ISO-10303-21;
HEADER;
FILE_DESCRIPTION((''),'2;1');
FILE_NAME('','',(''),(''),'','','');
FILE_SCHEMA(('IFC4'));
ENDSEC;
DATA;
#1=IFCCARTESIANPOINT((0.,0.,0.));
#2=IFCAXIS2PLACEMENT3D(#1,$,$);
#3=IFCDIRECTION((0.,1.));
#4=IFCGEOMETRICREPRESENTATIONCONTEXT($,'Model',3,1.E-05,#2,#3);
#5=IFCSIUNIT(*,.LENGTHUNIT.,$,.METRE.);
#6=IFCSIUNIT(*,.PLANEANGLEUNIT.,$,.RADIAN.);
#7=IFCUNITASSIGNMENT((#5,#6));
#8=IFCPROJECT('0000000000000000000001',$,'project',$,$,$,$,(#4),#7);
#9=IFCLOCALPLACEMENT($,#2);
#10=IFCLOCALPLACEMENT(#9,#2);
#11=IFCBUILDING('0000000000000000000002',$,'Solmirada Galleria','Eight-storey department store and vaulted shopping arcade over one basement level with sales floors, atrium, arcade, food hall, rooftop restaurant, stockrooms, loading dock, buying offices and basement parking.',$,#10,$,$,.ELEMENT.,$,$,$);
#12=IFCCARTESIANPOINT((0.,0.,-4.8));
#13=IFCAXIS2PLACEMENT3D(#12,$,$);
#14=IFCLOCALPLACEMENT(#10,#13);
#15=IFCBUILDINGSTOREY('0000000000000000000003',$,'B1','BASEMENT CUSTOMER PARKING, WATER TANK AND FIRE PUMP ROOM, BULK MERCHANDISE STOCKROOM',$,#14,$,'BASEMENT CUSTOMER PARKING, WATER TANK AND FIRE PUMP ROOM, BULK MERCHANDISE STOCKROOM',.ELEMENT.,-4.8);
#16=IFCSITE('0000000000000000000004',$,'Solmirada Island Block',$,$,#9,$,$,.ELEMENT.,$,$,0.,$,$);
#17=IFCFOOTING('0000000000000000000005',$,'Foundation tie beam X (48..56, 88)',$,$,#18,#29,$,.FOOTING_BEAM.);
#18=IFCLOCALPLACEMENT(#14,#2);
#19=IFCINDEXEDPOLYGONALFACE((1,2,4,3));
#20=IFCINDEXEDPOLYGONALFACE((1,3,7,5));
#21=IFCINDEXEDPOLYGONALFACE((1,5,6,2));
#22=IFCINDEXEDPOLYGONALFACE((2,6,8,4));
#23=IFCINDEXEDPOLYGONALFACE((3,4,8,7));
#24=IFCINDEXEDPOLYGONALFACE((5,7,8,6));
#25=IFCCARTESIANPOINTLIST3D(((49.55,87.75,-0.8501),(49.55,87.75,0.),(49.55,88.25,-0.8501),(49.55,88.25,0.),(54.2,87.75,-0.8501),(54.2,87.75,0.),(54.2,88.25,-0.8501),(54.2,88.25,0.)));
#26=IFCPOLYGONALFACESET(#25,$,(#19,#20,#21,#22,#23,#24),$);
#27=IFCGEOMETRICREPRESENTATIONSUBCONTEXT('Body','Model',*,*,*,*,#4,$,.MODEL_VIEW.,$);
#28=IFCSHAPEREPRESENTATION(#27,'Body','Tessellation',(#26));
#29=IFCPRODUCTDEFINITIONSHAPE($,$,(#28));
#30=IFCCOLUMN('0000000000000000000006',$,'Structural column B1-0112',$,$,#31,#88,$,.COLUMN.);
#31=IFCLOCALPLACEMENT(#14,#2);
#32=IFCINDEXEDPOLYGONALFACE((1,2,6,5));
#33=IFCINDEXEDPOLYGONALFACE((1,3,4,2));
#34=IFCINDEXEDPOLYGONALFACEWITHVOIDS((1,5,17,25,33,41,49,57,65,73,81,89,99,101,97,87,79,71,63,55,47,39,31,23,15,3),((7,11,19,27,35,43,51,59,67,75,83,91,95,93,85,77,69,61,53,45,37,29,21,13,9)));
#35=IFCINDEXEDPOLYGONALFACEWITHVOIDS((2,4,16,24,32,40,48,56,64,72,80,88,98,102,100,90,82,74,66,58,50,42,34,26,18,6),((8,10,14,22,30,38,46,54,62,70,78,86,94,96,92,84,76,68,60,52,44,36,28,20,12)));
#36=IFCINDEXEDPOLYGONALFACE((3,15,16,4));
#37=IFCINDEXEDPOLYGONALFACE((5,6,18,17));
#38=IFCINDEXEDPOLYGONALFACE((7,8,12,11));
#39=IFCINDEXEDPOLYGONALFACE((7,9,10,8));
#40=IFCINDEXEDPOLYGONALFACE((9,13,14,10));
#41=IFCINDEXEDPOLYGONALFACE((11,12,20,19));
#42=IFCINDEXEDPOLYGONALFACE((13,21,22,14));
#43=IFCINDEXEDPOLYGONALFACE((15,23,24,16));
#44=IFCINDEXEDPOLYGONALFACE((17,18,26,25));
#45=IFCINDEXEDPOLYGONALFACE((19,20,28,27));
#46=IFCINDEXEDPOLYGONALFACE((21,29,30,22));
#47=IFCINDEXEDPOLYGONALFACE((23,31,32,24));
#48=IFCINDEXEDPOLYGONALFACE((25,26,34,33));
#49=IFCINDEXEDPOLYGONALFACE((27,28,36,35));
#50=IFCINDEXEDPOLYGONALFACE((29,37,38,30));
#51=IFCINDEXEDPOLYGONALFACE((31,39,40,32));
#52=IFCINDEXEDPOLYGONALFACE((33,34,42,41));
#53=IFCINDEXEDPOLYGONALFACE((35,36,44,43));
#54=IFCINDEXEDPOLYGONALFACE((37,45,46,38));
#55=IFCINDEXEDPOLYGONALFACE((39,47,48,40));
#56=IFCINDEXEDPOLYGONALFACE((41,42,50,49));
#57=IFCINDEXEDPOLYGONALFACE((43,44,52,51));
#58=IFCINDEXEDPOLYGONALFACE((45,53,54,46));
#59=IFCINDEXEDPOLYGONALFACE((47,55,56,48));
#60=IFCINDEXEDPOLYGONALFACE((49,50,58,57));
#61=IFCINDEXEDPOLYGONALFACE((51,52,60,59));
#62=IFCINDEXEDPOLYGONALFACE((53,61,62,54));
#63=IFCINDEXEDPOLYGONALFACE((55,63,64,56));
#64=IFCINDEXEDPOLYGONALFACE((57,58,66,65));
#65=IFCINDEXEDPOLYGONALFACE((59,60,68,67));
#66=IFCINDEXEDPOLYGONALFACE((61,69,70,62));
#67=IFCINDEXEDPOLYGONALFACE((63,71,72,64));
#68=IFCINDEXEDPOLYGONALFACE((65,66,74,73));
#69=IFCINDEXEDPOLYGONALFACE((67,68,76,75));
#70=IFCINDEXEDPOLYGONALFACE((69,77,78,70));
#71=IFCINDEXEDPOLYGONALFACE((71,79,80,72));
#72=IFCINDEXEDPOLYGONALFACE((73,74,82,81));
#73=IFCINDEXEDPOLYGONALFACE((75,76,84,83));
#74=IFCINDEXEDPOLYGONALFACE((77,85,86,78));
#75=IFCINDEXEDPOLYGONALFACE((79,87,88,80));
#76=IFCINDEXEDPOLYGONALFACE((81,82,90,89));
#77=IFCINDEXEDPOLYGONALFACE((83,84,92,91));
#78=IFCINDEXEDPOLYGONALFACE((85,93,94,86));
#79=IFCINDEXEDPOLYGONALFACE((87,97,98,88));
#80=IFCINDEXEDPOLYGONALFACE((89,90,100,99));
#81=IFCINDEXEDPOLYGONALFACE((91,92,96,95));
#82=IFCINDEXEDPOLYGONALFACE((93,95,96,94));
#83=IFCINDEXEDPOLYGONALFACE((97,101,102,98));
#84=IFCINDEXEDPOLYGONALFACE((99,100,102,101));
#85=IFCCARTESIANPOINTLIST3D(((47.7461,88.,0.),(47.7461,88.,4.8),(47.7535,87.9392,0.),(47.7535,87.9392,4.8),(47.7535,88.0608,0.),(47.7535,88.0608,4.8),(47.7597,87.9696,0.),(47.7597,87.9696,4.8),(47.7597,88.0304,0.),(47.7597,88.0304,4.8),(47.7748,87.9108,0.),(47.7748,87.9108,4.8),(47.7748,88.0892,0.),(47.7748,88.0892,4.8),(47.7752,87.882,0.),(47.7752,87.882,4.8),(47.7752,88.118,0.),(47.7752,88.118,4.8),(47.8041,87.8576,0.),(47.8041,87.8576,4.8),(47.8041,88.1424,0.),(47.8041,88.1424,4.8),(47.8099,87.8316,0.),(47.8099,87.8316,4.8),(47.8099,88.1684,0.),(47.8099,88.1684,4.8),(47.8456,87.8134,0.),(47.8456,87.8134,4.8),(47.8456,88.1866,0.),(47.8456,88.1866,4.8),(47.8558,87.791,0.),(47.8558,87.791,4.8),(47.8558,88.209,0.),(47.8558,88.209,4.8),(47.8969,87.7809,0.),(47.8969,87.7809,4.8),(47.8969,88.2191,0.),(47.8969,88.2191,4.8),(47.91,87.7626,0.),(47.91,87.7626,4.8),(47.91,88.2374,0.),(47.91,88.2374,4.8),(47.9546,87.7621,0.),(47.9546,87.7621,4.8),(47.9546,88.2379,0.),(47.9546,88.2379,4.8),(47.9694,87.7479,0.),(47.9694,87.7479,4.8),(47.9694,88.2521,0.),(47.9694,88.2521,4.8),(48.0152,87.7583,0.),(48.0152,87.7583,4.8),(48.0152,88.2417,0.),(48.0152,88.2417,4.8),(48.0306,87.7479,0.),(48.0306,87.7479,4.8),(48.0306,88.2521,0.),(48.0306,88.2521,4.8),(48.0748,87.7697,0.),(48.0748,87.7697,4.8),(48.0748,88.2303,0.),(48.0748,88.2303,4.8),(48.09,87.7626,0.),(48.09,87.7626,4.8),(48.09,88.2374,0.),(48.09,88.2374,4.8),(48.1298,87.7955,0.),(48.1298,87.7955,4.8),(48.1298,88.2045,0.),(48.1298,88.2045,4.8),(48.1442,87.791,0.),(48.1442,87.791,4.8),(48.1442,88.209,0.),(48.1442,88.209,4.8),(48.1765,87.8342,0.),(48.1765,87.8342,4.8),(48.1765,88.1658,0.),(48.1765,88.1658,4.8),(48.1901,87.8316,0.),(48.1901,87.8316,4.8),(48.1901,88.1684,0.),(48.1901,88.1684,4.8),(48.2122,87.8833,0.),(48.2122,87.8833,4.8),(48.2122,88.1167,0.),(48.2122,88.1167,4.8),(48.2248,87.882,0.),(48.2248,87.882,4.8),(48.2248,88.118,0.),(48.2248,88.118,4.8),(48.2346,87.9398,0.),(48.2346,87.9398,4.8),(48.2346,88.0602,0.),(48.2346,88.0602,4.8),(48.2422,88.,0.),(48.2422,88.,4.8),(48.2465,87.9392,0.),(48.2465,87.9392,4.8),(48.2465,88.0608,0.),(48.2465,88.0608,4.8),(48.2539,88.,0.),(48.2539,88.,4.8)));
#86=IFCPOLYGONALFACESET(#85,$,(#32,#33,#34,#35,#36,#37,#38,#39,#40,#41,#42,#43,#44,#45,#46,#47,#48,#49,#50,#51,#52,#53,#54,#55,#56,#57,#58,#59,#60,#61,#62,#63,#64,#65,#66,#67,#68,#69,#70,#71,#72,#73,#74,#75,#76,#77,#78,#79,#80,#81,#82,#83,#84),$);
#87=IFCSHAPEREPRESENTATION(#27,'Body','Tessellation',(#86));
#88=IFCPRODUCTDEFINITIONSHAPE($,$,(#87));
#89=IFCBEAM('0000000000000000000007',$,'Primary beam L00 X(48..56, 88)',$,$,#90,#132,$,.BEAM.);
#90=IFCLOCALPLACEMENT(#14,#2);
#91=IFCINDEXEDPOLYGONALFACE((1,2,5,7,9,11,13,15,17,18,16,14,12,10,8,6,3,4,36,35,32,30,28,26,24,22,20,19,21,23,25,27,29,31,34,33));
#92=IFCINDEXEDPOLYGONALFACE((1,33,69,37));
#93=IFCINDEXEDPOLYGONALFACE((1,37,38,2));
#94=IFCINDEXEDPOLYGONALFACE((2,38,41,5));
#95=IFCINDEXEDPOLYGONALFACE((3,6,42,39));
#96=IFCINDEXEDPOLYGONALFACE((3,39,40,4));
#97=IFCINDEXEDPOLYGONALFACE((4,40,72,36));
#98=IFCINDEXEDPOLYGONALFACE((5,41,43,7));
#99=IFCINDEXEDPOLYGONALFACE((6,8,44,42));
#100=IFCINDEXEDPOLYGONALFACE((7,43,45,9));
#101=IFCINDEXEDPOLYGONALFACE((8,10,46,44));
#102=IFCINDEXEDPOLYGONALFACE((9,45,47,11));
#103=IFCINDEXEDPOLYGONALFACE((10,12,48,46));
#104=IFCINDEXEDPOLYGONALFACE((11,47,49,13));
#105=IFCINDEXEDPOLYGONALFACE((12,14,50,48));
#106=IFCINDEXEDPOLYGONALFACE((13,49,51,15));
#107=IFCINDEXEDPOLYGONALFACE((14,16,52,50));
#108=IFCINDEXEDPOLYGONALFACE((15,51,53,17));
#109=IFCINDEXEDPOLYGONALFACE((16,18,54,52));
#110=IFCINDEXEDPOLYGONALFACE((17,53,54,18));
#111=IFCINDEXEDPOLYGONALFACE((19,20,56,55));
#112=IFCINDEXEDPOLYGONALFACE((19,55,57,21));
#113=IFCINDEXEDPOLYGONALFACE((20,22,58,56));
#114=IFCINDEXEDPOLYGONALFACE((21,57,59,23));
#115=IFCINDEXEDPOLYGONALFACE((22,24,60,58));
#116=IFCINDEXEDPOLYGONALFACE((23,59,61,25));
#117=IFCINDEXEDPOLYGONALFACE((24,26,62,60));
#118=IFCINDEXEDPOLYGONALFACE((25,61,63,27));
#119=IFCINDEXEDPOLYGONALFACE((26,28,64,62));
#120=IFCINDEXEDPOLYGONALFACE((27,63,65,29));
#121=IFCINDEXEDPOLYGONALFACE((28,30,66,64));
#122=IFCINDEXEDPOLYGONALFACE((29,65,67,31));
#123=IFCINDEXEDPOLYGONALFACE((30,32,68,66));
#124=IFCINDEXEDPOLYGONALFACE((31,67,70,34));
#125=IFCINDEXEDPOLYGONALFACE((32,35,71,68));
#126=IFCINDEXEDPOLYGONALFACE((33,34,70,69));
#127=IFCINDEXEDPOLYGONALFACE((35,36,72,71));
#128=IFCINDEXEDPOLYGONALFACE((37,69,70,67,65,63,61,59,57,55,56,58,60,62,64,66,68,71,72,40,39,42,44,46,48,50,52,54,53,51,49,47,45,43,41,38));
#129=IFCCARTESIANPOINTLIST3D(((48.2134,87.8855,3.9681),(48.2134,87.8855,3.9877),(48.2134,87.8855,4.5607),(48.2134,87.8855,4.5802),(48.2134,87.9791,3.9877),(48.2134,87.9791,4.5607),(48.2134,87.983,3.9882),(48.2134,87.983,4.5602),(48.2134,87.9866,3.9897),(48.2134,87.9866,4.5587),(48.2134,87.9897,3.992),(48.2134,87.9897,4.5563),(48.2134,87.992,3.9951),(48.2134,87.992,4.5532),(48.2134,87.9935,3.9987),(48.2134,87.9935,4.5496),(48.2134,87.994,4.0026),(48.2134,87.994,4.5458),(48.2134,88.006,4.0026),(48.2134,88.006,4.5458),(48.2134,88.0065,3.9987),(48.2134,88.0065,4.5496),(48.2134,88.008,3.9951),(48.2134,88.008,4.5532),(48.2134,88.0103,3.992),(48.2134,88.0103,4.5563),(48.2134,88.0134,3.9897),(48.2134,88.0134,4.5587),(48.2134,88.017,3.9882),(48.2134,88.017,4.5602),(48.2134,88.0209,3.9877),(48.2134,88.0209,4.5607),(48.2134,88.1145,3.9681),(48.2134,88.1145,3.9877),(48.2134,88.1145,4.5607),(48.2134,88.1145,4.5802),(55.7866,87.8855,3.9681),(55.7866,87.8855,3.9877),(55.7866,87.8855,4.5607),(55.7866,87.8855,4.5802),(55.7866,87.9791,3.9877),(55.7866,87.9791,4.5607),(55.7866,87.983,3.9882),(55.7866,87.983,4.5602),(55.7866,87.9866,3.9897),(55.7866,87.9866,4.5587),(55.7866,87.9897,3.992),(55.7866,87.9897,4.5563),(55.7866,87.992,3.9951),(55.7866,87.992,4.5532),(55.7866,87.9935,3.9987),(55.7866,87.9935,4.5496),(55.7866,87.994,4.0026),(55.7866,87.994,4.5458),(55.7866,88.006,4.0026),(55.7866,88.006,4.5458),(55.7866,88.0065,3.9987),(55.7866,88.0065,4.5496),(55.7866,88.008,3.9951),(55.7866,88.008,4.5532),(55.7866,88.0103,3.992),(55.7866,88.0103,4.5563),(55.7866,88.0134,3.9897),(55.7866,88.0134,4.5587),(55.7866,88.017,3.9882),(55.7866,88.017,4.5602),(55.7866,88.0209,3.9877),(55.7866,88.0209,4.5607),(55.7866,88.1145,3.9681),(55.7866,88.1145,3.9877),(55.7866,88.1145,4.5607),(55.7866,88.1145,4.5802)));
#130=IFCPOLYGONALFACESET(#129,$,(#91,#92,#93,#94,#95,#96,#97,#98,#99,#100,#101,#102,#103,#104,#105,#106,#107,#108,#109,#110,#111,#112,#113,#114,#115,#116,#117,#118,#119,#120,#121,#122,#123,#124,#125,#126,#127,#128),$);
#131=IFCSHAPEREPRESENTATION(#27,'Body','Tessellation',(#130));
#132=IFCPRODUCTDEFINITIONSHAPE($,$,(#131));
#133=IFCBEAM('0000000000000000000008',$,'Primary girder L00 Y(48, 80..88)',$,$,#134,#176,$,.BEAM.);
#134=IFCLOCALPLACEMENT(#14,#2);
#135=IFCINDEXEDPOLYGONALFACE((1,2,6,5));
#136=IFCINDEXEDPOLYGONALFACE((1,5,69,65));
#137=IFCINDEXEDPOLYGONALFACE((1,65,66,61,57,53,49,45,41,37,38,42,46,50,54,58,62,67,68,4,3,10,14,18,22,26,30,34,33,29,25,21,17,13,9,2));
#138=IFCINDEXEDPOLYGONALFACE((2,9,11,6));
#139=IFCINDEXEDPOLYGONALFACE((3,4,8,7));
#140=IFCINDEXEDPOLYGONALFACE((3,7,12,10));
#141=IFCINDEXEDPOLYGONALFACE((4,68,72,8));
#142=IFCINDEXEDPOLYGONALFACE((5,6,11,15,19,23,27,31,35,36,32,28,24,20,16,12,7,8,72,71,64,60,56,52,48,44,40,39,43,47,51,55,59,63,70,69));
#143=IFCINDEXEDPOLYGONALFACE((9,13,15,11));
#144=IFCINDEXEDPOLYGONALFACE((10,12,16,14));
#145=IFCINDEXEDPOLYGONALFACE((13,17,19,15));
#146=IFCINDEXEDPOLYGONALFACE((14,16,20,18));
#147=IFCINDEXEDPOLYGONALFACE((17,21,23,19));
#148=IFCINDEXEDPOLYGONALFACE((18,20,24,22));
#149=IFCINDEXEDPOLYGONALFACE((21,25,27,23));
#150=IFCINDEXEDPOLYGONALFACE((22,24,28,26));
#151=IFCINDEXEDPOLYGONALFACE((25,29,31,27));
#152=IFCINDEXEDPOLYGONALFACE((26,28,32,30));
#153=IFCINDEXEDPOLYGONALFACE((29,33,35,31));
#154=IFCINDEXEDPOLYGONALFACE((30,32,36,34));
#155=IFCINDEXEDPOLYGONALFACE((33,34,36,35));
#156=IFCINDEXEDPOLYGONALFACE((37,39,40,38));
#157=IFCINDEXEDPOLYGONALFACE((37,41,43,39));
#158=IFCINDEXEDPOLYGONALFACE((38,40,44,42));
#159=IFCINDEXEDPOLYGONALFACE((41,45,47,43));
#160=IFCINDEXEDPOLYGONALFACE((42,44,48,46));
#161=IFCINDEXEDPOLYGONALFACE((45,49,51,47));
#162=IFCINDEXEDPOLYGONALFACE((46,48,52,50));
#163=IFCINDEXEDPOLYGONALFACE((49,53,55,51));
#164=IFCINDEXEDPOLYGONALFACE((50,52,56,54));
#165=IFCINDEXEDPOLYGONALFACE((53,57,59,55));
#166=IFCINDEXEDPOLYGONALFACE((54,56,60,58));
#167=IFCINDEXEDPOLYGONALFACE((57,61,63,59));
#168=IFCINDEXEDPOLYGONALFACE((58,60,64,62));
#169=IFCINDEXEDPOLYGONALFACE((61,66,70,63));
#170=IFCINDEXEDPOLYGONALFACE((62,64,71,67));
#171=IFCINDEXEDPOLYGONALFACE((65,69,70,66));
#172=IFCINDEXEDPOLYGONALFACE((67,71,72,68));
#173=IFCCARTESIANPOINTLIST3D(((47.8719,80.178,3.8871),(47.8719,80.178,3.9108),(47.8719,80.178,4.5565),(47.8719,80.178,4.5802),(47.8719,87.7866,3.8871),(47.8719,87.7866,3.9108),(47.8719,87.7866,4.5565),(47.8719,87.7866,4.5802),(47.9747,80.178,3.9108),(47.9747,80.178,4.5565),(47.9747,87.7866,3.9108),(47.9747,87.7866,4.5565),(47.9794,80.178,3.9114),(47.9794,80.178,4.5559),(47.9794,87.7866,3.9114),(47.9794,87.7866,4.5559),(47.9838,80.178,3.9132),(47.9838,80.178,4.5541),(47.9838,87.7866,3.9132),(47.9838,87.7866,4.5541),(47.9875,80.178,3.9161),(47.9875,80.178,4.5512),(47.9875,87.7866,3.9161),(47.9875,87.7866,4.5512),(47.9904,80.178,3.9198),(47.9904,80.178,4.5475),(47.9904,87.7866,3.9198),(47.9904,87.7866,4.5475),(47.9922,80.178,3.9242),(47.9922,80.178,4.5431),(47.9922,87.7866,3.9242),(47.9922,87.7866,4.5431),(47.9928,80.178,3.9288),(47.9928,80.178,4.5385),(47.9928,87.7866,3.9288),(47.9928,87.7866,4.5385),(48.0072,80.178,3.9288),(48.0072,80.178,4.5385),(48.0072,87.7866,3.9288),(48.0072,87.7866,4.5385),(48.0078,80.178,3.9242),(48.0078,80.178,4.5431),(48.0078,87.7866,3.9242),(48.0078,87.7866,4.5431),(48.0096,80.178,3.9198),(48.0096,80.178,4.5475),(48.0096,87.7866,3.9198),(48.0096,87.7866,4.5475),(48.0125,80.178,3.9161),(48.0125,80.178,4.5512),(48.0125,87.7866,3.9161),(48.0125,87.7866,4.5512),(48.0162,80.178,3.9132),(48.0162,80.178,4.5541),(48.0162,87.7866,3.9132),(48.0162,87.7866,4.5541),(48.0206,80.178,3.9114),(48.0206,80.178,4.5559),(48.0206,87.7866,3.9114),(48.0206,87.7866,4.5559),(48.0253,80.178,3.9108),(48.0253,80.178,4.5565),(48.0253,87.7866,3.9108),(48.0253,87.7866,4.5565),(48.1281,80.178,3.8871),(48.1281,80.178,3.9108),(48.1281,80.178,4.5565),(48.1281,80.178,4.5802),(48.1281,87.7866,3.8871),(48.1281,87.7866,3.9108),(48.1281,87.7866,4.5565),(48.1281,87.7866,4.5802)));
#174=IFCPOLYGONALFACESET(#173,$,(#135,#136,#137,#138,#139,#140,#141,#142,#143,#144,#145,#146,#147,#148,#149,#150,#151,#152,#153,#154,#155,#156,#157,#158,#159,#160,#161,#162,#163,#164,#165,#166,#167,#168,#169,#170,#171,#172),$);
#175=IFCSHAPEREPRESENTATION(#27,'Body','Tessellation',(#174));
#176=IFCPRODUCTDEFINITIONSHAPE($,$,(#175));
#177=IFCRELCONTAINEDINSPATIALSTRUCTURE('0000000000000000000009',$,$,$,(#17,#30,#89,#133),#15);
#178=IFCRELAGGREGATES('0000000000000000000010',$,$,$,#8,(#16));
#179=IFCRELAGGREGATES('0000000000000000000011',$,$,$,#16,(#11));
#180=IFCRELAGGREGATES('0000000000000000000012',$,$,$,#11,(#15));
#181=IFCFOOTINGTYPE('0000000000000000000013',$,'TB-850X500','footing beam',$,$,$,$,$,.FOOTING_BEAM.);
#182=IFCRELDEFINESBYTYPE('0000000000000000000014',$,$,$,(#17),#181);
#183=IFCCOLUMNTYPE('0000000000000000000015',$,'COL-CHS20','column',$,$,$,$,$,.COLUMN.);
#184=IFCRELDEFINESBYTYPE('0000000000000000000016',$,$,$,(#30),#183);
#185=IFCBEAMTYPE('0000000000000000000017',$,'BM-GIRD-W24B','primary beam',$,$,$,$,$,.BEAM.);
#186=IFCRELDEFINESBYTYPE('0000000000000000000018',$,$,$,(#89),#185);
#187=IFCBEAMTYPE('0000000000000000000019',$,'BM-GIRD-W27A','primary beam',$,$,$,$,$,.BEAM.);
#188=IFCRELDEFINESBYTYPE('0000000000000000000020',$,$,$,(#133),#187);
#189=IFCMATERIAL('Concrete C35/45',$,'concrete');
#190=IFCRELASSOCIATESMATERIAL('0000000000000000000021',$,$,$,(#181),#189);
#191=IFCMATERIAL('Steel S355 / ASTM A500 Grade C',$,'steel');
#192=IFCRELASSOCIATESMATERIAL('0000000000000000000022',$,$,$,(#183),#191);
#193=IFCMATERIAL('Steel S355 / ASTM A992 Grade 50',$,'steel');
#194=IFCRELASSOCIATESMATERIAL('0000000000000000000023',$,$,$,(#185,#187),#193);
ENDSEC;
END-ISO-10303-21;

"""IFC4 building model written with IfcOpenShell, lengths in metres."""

from ifc_helpers import new_model, si_unit, direction, frame, origin, origin_2d, place, context, subcontext, project, spatial, rectangle, hollow_circle, i_section, extrude, material, material_profile, profile_set, type_object, element, save


model = new_model("IFC4")

# Units and contexts
model_context = context("Model", 3, precision=1e-05, world=origin(), true_north=direction((0.0, 1.0)))
body_context = subcontext(model_context, "Body", "Model", "MODEL_VIEW")
ifc_project = project(units=[si_unit("LENGTHUNIT", "METRE"), si_unit("PLANEANGLEUNIT", "RADIAN")], contexts=[model_context])

# Site, building, storey
site_placement = place(None, origin())
site = spatial("IfcSite", under=ifc_project, at=site_placement, Name="Solmirada Island Block", CompositionType="ELEMENT", RefElevation=0.0)
building_placement = place(site_placement, origin())
building = spatial("IfcBuilding", under=site, at=building_placement, Name="Solmirada Galleria", Description="Eight-storey department store and vaulted shopping arcade over one basement level with sales floors, atrium, arcade, food hall, rooftop restaurant, stockrooms, loading dock, buying offices and basement parking.", CompositionType="ELEMENT")
storey_placement = place(building_placement, frame((0.0, 0.0, -4.8)))
storey = spatial("IfcBuildingStorey", under=building, at=storey_placement, Name="B1", Description="BASEMENT CUSTOMER PARKING, WATER TANK AND FIRE PUMP ROOM, BULK MERCHANDISE STOCKROOM", LongName="BASEMENT CUSTOMER PARKING, WATER TANK AND FIRE PUMP ROOM, BULK MERCHANDISE STOCKROOM", CompositionType="ELEMENT", Elevation=-4.8)

# Shared definitions
ifc_material_1 = material(Name="Concrete C35/45", Category="concrete")

# Footing
ifc_material_profile_1 = material_profile(ifc_material_1, rectangle(XDim=0.5, YDim=0.8501, at=origin_2d()), Name="RC850X500")
ifc_profile_set_1 = profile_set([ifc_material_profile_1], Name="Concrete C35/45")
footing_type_1 = type_object("IfcFootingType", Name="TB-850X500", Description="footing beam", PredefinedType="FOOTING_BEAM", material=ifc_profile_set_1)
footing_1_placement = place(storey_placement, frame((49.55, 88.0, -0.425), z_axis=(1.0, 0.0, 0.0), x_axis=(0.0, 1.0, 0.0)))
element("IfcFooting", 1, at=footing_1_placement, inside=storey, type_object=footing_type_1, Name="Foundation tie beam X (48..56, 88)", PredefinedType="FOOTING_BEAM", context=body_context, shape_type="SweptSolid", body=[
    extrude(rectangle(XDim=0.5, YDim=0.8501, at=origin_2d()), origin(), (0.0, 0.0, 1.0), 4.6499),
])

# Column
ifc_material_2 = material(Name="Steel S355 / ASTM A500 Grade C", Category="steel")
ifc_material_profile_2 = material_profile(ifc_material_2, hollow_circle(Radius=0.2539, WallThickness=0.0117, at=origin_2d()), Name="HSS20.000X0.500")
ifc_profile_set_2 = profile_set([ifc_material_profile_2], Name="Steel S355 / ASTM A500 Grade C")
column_type = type_object("IfcColumnType", Name="COL-CHS20", Description="column", PredefinedType="COLUMN", material=ifc_profile_set_2)
column_placement = place(storey_placement, frame((48.0, 88.0, 0.0), z_axis=(0.0, 0.0, 1.0), x_axis=(1.0, 0.0, 0.0)))
element("IfcColumn", 2, at=column_placement, inside=storey, type_object=column_type, Name="Structural column B1-0112", PredefinedType="COLUMN", context=body_context, shape_type="SweptSolid", body=[
    extrude(hollow_circle(Radius=0.2539, WallThickness=0.0117, at=origin_2d()), origin(), (0.0, 0.0, 1.0), 4.8),
])

# Beams
ifc_material_3 = material(Name="Steel S355 / ASTM A992 Grade 50", Category="steel")
ifc_material_profile_3 = material_profile(ifc_material_3, i_section(OverallWidth=0.229, OverallDepth=0.6121, WebThickness=0.012, FlangeThickness=0.0195, FilletRadius=0.0149, at=origin_2d()), Name="W24X84")
ifc_profile_set_3 = profile_set([ifc_material_profile_3], Name="Steel S355 / ASTM A992 Grade 50")
beam_type_1 = type_object("IfcBeamType", Name="BM-GIRD-W24B", Description="primary beam", PredefinedType="BEAM", material=ifc_profile_set_3)
beam_1_placement = place(storey_placement, frame((48.2134, 88.0, 4.2742), z_axis=(1.0, 0.0, 0.0), x_axis=(0.0, 1.0, 0.0)))
element("IfcBeam", 3, at=beam_1_placement, inside=storey, type_object=beam_type_1, Name="Primary beam L00 X(48..56, 88)", PredefinedType="BEAM", context=body_context, shape_type="SweptSolid", body=[
    extrude(i_section(OverallWidth=0.229, OverallDepth=0.6121, WebThickness=0.012, FlangeThickness=0.0195, FilletRadius=0.0149, at=origin_2d()), origin(), (0.0, 0.0, 1.0), 7.5732),
])
ifc_material_profile_4 = material_profile(ifc_material_3, i_section(OverallWidth=0.2561, OverallDepth=0.6931, WebThickness=0.0144, FlangeThickness=0.0237, FilletRadius=0.0181, at=origin_2d()), Name="W27X114")
ifc_profile_set_4 = profile_set([ifc_material_profile_4], Name="Steel S355 / ASTM A992 Grade 50")
beam_type_2 = type_object("IfcBeamType", Name="BM-GIRD-W27A", Description="primary beam", PredefinedType="BEAM", material=ifc_profile_set_4)
beam_2_placement = place(storey_placement, frame((48.0, 80.178, 4.2336), z_axis=(0.0, 1.0, 0.0), x_axis=(-1.0, 0.0, 0.0)))
element("IfcBeam", 4, at=beam_2_placement, inside=storey, type_object=beam_type_2, Name="Primary girder L00 Y(48, 80..88)", PredefinedType="BEAM", context=body_context, shape_type="SweptSolid", body=[
    extrude(i_section(OverallWidth=0.2561, OverallDepth=0.6931, WebThickness=0.0144, FlangeThickness=0.0237, FilletRadius=0.0181, at=origin_2d()), origin(), (0.0, 0.0, 1.0), 7.6086),
])

save(model, "model.ifc")
